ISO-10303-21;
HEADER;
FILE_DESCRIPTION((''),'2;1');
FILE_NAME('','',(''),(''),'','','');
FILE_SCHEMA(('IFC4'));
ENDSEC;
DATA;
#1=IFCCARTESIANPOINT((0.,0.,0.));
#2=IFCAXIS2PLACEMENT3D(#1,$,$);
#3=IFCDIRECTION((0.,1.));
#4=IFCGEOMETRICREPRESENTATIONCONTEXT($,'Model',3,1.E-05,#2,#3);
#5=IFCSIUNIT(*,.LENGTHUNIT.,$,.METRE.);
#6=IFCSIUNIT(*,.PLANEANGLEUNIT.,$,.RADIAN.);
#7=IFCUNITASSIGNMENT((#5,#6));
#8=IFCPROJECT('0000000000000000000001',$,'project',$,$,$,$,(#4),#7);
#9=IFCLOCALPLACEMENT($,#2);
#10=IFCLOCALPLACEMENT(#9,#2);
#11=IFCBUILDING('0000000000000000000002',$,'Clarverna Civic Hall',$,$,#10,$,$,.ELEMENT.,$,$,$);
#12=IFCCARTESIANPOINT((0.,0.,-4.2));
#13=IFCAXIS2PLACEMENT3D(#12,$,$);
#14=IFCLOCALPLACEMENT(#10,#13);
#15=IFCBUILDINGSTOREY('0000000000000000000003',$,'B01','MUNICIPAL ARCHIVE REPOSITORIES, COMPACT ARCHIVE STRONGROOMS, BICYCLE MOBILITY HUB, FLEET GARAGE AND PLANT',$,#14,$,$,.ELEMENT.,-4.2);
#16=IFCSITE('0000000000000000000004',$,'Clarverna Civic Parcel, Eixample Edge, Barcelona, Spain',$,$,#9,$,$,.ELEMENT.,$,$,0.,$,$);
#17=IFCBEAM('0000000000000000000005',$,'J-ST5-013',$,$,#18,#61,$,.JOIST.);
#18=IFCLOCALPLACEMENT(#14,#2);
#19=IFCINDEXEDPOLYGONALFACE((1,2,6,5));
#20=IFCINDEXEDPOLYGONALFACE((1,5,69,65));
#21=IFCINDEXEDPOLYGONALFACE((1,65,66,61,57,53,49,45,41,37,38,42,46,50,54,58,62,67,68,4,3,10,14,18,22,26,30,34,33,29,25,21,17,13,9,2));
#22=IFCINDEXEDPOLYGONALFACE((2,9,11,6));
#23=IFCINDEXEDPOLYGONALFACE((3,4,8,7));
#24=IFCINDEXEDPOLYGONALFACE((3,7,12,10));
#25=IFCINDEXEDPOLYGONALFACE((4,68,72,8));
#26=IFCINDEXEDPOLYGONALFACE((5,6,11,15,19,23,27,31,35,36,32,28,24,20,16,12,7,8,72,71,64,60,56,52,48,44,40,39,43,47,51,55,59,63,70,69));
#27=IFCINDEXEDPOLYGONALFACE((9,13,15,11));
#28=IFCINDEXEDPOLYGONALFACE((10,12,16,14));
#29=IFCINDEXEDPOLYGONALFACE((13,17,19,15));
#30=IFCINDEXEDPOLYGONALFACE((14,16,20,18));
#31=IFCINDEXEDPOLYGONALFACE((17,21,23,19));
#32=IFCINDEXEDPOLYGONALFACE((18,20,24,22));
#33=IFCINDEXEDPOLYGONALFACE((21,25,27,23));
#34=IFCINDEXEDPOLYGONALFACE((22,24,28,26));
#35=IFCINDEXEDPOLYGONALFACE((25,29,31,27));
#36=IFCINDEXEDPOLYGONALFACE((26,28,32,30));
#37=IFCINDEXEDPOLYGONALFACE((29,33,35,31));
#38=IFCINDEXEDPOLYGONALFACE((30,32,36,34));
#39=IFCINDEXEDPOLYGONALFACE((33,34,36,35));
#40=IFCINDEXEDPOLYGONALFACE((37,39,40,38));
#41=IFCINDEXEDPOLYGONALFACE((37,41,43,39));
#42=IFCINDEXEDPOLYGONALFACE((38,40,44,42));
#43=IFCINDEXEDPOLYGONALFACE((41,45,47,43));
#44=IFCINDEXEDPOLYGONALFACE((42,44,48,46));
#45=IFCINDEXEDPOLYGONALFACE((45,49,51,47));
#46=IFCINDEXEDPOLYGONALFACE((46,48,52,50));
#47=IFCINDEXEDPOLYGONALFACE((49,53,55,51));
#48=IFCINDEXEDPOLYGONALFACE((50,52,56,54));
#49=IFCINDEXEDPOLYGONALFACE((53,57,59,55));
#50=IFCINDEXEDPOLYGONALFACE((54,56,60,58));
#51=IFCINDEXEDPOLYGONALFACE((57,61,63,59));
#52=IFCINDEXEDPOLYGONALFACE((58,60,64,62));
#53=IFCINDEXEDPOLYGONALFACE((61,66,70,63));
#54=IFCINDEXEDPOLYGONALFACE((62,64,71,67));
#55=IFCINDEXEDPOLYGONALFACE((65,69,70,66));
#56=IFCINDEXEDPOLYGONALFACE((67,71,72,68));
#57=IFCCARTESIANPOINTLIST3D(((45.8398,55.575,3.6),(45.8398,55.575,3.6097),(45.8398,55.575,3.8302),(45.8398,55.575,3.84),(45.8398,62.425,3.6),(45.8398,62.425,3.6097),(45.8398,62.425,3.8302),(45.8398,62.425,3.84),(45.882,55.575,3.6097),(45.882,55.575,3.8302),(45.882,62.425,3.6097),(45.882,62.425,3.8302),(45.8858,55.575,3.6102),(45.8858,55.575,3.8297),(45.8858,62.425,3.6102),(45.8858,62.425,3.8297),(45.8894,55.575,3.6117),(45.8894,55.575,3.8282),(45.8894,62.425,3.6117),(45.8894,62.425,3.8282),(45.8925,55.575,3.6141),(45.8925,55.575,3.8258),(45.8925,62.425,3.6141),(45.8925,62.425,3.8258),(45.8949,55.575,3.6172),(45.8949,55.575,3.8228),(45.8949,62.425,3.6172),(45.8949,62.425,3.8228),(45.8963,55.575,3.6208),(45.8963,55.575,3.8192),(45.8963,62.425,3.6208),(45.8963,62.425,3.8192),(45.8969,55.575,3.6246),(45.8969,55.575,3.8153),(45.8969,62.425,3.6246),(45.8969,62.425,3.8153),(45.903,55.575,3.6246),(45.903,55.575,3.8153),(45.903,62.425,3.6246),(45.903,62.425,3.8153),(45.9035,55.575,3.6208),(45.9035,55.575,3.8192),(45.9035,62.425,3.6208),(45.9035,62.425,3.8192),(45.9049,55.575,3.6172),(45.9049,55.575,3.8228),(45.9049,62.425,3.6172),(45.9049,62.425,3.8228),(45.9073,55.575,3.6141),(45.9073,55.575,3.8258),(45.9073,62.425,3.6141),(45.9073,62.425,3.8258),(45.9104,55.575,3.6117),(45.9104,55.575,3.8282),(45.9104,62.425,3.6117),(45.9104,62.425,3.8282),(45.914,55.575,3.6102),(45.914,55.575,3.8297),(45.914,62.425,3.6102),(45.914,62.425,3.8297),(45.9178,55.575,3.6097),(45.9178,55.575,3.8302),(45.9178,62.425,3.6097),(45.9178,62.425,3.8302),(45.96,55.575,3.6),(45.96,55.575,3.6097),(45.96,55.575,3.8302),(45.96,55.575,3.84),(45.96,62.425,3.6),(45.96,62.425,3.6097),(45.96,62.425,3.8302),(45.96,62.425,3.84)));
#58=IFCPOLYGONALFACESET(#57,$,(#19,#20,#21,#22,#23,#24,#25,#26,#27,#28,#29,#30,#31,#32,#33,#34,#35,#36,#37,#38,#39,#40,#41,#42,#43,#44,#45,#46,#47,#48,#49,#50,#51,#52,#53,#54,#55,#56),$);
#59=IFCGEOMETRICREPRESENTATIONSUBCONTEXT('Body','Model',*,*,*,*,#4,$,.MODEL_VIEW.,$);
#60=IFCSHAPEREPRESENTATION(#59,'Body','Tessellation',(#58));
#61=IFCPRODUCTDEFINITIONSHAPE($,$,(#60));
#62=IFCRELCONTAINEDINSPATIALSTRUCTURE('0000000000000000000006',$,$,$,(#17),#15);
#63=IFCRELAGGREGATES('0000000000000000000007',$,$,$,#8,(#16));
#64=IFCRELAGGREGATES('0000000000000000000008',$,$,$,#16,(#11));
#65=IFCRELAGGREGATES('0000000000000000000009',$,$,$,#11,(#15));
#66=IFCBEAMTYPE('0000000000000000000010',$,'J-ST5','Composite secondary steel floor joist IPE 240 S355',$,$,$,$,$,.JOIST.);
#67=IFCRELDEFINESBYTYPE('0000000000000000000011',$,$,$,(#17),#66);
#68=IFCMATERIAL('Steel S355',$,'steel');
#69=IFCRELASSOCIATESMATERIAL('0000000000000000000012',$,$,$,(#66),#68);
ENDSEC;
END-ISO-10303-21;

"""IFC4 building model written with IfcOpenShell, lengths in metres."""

from ifc_helpers import new_model, si_unit, direction, frame, origin, origin_2d, place, context, subcontext, project, spatial, i_section, extrude, material, material_profile, profile_set, type_object, element, save


model = new_model("IFC4")

# Units and contexts
model_context = context("Model", 3, precision=1e-05, world=origin(), true_north=direction((0.0, 1.0)))
body_context = subcontext(model_context, "Body", "Model", "MODEL_VIEW")
ifc_project = project(units=[si_unit("LENGTHUNIT", "METRE"), si_unit("PLANEANGLEUNIT", "RADIAN")], contexts=[model_context])

# Site, building, storey
site_placement = place(None, origin())
site = spatial("IfcSite", under=ifc_project, at=site_placement, Name="Clarverna Civic Parcel, Eixample Edge, Barcelona, Spain", CompositionType="ELEMENT", RefElevation=0.0)
building_placement = place(site_placement, origin())
building = spatial("IfcBuilding", under=site, at=building_placement, Name="Clarverna Civic Hall", CompositionType="ELEMENT")
storey_placement = place(building_placement, frame((0.0, 0.0, -4.2)))
storey = spatial("IfcBuildingStorey", under=building, at=storey_placement, Name="B01", Description="MUNICIPAL ARCHIVE REPOSITORIES, COMPACT ARCHIVE STRONGROOMS, BICYCLE MOBILITY HUB, FLEET GARAGE AND PLANT", CompositionType="ELEMENT", Elevation=-4.2)

# Beam
ifc_material_1 = material(Name="Steel S355", Category="steel")
ifc_material_profile_1 = material_profile(ifc_material_1, i_section(OverallWidth=0.1201, OverallDepth=0.24, WebThickness=0.0061, FlangeThickness=0.0098, FilletRadius=0.0149, at=origin_2d()), Name="IPE 240")
ifc_profile_set_1 = profile_set([ifc_material_profile_1], Name="Steel S355")
beam_type_1 = type_object("IfcBeamType", Name="J-ST5", Description="Composite secondary steel floor joist IPE 240 S355", PredefinedType="JOIST", material=ifc_profile_set_1)
beam_1_placement = place(storey_placement, frame((45.8999, 55.575, 3.72), z_axis=(0.0, 1.0, 0.0), x_axis=(-1.0, 0.0, 0.0)))
element("IfcBeam", 1, at=beam_1_placement, inside=storey, type_object=beam_type_1, Name="J-ST5-013", PredefinedType="JOIST", context=body_context, shape_type="SweptSolid", body=[
    extrude(i_section(OverallWidth=0.1201, OverallDepth=0.24, WebThickness=0.0061, FlangeThickness=0.0098, FilletRadius=0.0149, at=origin_2d()), origin(), (0.0, 0.0, 1.0), 6.8501),
])

save(model, "model.ifc")
